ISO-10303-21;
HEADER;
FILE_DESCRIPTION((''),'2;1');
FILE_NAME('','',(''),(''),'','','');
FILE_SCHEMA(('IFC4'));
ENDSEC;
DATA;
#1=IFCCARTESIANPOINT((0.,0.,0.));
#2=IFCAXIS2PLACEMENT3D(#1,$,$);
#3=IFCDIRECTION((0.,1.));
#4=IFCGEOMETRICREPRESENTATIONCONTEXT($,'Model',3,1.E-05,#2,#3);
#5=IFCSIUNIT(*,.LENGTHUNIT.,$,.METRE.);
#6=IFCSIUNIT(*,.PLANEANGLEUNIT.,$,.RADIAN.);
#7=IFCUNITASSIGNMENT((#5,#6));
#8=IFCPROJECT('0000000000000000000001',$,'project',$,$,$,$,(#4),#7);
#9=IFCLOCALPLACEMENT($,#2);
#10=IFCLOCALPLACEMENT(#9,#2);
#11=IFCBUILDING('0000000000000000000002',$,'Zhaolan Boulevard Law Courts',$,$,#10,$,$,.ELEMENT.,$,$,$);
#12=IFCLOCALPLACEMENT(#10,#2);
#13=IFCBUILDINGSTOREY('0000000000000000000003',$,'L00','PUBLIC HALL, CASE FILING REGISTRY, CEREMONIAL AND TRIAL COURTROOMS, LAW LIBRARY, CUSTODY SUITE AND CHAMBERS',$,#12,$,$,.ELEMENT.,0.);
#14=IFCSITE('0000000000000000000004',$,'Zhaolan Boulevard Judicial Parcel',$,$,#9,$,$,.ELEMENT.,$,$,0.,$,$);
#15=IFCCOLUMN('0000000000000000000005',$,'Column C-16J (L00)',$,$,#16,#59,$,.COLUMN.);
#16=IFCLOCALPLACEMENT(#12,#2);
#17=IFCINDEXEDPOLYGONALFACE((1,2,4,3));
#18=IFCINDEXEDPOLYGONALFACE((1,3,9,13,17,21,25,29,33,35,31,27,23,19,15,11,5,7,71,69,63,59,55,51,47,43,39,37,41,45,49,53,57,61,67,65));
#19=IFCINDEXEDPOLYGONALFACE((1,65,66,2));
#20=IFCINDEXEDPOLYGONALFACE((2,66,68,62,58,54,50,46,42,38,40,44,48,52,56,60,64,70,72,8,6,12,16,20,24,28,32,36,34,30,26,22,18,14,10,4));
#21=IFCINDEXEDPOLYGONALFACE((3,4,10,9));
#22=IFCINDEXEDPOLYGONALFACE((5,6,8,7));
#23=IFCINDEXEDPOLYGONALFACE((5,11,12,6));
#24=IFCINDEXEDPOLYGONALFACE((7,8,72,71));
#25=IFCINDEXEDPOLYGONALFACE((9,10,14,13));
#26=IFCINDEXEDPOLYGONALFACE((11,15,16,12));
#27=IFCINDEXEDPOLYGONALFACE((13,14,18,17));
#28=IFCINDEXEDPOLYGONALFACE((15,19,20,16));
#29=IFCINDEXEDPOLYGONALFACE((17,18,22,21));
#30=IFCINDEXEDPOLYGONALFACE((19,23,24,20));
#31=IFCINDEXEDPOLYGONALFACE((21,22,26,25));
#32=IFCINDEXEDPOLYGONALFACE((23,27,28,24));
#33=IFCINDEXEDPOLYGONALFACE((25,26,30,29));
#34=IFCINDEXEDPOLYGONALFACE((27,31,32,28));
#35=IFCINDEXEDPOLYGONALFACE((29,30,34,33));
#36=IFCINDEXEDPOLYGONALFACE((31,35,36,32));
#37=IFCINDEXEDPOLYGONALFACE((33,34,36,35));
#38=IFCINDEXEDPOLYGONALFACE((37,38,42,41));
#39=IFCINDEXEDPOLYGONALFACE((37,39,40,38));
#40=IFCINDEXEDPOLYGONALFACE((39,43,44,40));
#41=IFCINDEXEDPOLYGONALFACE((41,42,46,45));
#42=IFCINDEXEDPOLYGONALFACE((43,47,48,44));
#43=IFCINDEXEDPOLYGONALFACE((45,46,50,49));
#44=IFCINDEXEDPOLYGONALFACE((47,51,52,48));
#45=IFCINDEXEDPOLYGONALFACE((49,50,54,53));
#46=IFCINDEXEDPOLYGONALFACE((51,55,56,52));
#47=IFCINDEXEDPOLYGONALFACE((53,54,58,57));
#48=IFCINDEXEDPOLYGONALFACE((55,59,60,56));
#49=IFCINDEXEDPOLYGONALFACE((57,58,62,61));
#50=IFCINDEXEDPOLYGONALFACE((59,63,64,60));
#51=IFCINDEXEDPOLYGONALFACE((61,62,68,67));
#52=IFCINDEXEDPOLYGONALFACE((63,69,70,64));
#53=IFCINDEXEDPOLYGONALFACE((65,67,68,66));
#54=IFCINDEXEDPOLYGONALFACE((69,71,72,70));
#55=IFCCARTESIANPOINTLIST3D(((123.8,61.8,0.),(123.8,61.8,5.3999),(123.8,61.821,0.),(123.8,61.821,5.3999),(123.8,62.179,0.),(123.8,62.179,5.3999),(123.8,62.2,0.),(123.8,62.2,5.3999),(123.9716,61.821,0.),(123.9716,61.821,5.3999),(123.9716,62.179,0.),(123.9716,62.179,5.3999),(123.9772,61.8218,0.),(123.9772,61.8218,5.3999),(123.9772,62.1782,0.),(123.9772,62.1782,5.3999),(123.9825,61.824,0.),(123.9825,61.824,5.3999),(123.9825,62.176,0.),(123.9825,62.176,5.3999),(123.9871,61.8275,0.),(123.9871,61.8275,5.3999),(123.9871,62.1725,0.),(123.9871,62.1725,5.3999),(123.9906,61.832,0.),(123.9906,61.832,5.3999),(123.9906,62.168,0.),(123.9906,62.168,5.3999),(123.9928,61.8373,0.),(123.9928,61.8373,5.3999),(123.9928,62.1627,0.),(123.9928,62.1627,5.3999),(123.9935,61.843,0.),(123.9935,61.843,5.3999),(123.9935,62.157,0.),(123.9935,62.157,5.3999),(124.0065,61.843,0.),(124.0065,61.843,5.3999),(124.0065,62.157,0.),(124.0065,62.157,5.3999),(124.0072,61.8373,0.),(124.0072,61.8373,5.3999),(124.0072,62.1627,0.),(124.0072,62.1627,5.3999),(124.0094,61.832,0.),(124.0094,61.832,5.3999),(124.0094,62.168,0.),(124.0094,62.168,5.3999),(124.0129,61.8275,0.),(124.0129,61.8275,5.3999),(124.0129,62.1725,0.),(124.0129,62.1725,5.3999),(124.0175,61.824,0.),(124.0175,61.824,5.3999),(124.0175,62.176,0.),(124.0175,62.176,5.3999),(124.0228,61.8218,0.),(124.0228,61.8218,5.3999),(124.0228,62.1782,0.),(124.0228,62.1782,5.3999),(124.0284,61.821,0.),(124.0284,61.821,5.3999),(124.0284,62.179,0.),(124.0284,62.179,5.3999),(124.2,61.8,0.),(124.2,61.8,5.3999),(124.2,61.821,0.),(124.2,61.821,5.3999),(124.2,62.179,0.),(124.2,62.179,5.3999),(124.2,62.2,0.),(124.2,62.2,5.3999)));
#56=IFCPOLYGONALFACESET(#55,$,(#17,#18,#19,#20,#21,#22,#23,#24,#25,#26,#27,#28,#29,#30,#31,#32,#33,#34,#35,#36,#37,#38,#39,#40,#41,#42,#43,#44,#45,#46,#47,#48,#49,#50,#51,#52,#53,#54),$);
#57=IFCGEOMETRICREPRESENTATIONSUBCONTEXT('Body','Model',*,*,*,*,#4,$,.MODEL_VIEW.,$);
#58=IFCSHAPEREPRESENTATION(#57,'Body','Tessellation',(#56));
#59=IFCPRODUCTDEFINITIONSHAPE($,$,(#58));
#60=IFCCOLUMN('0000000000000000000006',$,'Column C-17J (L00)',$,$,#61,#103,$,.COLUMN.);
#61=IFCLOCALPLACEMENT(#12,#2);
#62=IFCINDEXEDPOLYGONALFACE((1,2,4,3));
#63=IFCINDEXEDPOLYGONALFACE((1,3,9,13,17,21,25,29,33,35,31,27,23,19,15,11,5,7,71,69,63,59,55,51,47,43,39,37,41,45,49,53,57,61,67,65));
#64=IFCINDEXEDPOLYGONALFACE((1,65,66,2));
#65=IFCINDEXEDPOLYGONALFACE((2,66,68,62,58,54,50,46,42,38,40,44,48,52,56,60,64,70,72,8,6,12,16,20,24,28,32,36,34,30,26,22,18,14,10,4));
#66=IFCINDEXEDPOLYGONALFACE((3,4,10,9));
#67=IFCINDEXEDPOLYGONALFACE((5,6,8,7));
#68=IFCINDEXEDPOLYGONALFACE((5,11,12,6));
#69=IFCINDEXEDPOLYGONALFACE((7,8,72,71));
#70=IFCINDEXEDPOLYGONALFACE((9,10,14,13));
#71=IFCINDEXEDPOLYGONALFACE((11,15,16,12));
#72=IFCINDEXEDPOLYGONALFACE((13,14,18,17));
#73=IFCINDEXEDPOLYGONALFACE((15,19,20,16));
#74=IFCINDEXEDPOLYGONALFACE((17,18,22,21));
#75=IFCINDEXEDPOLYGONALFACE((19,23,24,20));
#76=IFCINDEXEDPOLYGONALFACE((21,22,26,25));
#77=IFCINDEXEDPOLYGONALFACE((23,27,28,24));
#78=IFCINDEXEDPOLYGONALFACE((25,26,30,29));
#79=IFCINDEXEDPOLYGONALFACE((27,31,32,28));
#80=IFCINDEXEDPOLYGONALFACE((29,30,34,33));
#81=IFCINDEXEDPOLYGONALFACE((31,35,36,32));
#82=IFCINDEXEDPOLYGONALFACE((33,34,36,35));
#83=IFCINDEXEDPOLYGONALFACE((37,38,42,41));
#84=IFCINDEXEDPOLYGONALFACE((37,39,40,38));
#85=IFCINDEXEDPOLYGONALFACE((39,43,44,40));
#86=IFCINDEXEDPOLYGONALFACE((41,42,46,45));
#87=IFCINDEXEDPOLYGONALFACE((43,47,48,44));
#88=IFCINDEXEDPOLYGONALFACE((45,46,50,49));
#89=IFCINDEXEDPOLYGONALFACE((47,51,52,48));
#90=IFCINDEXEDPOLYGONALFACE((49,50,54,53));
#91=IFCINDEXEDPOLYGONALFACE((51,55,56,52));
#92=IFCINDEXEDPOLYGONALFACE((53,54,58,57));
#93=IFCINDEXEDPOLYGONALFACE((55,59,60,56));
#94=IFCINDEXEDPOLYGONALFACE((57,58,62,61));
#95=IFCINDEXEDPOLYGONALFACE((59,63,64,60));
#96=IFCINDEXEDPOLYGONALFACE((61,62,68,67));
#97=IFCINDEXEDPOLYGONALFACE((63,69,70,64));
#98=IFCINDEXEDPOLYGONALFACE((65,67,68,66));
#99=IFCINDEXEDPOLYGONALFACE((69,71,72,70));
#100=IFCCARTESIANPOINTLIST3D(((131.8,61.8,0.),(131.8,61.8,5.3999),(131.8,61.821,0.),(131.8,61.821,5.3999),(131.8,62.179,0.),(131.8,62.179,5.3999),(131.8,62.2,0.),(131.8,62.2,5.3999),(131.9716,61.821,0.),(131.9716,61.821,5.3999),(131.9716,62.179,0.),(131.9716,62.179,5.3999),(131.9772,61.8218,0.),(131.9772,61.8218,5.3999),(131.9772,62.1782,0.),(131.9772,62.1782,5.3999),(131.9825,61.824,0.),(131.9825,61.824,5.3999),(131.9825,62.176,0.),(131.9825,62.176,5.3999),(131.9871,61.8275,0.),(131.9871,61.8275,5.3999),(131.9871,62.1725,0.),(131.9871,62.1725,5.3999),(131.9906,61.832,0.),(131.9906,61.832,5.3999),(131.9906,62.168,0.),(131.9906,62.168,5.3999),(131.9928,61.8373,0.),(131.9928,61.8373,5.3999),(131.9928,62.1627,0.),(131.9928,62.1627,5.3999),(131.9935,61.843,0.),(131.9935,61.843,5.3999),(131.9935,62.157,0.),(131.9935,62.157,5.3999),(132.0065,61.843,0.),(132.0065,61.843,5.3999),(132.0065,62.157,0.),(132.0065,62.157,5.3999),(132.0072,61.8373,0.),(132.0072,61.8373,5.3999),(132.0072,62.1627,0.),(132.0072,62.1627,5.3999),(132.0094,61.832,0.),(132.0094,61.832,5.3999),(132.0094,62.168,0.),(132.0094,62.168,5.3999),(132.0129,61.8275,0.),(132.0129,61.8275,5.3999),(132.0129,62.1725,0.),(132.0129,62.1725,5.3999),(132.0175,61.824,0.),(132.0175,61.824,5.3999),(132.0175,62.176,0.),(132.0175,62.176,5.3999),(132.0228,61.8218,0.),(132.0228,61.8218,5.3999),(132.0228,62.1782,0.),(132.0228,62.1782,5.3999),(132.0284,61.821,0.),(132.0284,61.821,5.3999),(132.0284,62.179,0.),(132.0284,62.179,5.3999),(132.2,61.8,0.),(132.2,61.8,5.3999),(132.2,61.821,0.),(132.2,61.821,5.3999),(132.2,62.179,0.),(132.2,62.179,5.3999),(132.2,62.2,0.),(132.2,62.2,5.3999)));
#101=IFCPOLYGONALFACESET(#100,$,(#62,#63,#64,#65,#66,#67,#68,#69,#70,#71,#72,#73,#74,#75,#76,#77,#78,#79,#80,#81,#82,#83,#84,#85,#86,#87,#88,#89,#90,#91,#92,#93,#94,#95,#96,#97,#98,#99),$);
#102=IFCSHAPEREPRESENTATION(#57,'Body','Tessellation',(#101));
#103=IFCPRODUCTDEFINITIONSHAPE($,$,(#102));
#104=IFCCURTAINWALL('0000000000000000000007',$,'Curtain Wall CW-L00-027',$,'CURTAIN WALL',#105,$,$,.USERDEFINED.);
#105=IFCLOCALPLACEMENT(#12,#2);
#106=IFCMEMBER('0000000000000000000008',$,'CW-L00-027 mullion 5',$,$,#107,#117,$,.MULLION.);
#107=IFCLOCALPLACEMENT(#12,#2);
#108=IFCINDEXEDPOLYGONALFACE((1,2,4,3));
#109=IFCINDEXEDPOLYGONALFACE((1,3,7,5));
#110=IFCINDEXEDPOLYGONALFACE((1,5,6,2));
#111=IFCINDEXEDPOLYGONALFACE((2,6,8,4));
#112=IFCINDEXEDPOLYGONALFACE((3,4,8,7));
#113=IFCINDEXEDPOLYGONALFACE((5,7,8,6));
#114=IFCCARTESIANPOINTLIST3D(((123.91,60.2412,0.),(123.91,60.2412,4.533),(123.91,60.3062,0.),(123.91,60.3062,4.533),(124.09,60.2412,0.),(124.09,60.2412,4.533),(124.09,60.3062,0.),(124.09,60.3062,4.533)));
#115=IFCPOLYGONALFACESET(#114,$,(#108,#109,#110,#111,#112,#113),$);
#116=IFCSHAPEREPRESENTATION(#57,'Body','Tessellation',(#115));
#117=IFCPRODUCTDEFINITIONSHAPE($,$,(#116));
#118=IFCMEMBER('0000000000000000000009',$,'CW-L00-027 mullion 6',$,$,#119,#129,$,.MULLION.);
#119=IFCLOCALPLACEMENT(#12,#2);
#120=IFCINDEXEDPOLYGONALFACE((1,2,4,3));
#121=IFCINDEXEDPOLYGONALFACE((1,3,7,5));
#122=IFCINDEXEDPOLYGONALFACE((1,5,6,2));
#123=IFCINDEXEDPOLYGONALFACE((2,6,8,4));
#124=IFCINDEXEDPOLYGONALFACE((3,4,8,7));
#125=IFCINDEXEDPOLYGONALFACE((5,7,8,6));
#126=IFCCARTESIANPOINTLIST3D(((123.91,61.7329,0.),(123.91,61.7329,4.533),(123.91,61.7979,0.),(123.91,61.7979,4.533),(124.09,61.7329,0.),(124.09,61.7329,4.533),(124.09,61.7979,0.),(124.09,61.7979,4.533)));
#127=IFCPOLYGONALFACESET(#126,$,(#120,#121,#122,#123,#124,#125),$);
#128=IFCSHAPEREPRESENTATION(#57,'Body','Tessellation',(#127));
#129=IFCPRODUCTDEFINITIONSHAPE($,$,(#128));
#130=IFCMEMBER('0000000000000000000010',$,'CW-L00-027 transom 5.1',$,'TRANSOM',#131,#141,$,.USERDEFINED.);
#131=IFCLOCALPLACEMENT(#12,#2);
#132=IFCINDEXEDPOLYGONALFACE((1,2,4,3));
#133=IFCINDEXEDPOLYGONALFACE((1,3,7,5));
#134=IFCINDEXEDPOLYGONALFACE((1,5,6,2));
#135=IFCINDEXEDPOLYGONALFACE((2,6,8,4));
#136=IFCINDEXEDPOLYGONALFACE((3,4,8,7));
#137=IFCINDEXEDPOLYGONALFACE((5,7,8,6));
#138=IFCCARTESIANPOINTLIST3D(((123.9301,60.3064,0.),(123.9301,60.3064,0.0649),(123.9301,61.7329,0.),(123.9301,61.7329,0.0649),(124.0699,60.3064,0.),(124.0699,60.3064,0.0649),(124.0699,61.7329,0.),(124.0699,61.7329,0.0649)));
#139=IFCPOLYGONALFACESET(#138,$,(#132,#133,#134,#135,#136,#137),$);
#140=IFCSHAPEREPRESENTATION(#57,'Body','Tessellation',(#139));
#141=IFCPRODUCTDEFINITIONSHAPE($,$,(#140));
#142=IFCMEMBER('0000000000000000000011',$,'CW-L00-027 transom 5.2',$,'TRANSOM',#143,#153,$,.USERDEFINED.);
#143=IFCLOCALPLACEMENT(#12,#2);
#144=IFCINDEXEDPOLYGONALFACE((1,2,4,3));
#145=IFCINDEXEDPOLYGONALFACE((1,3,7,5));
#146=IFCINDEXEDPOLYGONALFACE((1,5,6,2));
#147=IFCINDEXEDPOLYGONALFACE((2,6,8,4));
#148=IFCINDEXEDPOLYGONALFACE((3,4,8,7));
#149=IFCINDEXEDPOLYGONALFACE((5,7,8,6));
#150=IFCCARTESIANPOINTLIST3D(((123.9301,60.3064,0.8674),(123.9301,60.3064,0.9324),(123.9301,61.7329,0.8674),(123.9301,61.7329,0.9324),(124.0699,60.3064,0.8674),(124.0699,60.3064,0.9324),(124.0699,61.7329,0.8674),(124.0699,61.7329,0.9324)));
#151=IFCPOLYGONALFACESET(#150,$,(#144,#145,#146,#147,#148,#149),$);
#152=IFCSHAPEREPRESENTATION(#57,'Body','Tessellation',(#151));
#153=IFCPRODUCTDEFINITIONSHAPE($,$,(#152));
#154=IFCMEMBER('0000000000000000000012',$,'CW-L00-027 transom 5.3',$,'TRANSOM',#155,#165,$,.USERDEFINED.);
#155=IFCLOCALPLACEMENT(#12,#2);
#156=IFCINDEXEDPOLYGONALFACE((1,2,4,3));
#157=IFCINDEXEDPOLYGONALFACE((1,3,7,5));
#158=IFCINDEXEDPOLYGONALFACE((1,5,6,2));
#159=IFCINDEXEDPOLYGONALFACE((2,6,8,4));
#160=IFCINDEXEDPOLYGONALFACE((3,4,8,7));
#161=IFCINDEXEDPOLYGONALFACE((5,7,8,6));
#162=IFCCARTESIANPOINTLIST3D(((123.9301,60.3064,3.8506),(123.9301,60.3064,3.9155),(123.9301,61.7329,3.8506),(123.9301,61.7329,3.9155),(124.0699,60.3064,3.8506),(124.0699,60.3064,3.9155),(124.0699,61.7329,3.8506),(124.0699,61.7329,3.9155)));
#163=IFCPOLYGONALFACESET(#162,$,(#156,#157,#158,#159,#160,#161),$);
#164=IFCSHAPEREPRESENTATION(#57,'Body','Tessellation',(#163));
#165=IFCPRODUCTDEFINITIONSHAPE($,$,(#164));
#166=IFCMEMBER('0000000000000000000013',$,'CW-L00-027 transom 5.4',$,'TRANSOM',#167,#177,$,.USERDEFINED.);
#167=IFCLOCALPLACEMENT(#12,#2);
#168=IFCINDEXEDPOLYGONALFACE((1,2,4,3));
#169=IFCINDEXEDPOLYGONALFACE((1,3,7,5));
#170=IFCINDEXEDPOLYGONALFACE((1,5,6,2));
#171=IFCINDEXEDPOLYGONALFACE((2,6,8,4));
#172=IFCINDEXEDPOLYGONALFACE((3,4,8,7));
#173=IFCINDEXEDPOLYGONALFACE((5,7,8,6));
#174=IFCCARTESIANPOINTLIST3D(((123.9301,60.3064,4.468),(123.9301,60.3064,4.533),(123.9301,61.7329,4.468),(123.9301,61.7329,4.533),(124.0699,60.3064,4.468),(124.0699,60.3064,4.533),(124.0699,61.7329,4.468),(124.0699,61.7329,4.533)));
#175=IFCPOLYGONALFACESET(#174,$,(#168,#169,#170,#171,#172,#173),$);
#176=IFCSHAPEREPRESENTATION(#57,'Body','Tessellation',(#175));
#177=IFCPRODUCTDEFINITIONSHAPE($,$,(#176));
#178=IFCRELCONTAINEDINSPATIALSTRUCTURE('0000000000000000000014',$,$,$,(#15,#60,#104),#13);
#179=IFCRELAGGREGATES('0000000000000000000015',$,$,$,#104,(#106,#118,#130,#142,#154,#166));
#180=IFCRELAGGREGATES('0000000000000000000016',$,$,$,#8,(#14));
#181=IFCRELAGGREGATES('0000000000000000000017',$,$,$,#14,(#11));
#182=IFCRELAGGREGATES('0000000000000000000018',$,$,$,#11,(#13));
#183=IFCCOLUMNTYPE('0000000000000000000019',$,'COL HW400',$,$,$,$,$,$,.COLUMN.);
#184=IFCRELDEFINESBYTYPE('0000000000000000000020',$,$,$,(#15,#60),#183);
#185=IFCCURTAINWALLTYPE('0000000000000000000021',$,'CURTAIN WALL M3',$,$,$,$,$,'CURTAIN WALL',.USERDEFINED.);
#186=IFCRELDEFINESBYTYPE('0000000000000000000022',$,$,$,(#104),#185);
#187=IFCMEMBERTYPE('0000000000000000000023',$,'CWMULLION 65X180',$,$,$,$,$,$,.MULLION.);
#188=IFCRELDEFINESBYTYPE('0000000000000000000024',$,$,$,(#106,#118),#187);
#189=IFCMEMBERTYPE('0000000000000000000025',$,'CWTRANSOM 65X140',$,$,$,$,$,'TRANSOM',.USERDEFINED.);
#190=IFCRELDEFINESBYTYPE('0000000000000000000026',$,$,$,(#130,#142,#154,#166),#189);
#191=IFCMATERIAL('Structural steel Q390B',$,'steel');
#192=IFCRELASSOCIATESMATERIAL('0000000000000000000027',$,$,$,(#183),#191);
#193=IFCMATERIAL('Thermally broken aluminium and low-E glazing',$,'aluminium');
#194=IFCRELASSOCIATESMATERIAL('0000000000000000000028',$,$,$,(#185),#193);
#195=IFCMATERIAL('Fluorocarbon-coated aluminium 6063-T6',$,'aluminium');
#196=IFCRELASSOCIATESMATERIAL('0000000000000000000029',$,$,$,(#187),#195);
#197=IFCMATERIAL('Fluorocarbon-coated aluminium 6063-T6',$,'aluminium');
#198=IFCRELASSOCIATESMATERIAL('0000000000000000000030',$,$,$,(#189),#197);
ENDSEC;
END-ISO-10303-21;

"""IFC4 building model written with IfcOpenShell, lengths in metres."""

from ifc_helpers import new_model, si_unit, direction, frame, origin, origin_2d, place, context, subcontext, project, spatial, rectangle, i_section, extrude, material, material_profile, profile_set, type_object, element, aggregate, save


model = new_model("IFC4")

# Units and contexts
model_context = context("Model", 3, precision=1e-05, world=origin(), true_north=direction((0.0, 1.0)))
body_context = subcontext(model_context, "Body", "Model", "MODEL_VIEW")
ifc_project = project(units=[si_unit("LENGTHUNIT", "METRE"), si_unit("PLANEANGLEUNIT", "RADIAN")], contexts=[model_context])

# Site, building, storey
site_placement = place(None, origin())
site = spatial("IfcSite", under=ifc_project, at=site_placement, Name="Zhaolan Boulevard Judicial Parcel", CompositionType="ELEMENT", RefElevation=0.0)
building_placement = place(site_placement, origin())
building = spatial("IfcBuilding", under=site, at=building_placement, Name="Zhaolan Boulevard Law Courts", CompositionType="ELEMENT")
storey_placement = place(building_placement, origin())
storey = spatial("IfcBuildingStorey", under=building, at=storey_placement, Name="L00", Description="PUBLIC HALL, CASE FILING REGISTRY, CEREMONIAL AND TRIAL COURTROOMS, LAW LIBRARY, CUSTODY SUITE AND CHAMBERS", CompositionType="ELEMENT", Elevation=0.0)

# Columns
ifc_material_1 = material(Name="Structural steel Q390B", Category="steel")
ifc_material_profile_1 = material_profile(ifc_material_1, i_section(OverallWidth=0.3999, OverallDepth=0.3999, WebThickness=0.0129, FlangeThickness=0.021, FilletRadius=0.022, at=origin_2d()), Name="HW400x400")
ifc_profile_set_1 = profile_set([ifc_material_profile_1], Name="Structural steel Q390B")
column_type = type_object("IfcColumnType", Name="COL HW400", PredefinedType="COLUMN", material=ifc_profile_set_1)
for number, where, z_axis, x_axis, name in (
    (1, (124.0, 62.0, 0.0), (0.0, 0.0, 1.0), (1.0, 0.0, 0.0), "Column C-16J (L00)"),
    (2, (132.0, 62.0, 0.0), (0.0, 0.0, 1.0), (1.0, 0.0, 0.0), "Column C-17J (L00)"),
):
    element("IfcColumn", number, at=place(storey_placement, frame(where, z_axis=z_axis, x_axis=x_axis)), inside=storey, type_object=column_type, Name=name, PredefinedType="COLUMN", context=body_context, shape_type="SweptSolid", body=[
        extrude(i_section(OverallWidth=0.3999, OverallDepth=0.3999, WebThickness=0.0129, FlangeThickness=0.021, FilletRadius=0.022, at=origin_2d()), origin(), (0.0, 0.0, 1.0), 5.3999),
    ])

# Curtain wall, members
ifc_material_2 = material(Name="Thermally broken aluminium and low-E glazing", Category="aluminium")
curtain_wall_type = type_object("IfcCurtainWallType", Name="CURTAIN WALL M3", ElementType="CURTAIN WALL", PredefinedType="USERDEFINED", material=ifc_material_2)
curtain_wall_placement = place(storey_placement, origin())
curtain_wall = element("IfcCurtainWall", 3, at=curtain_wall_placement, inside=storey, type_object=curtain_wall_type, Name="Curtain Wall CW-L00-027", ObjectType="CURTAIN WALL", PredefinedType="USERDEFINED")
ifc_material_3 = material(Name="Fluorocarbon-coated aluminium 6063-T6", Category="aluminium")
ifc_material_profile_2 = material_profile(ifc_material_3, rectangle(XDim=0.1799, YDim=0.0649, at=origin_2d()), Name="AL65x180")
ifc_profile_set_2 = profile_set([ifc_material_profile_2], Name="Fluorocarbon-coated aluminium 6063-T6")
member_type_1 = type_object("IfcMemberType", Name="CWMULLION 65X180", PredefinedType="MULLION", material=ifc_profile_set_2)
member_1_placement = place(storey_placement, frame((124.0, 60.2737, 0.0), z_axis=(0.0, 0.0, 1.0), x_axis=(-1.0, 0.0, 0.0)))
member_1 = element("IfcMember", 4, at=member_1_placement, type_object=member_type_1, Name="CW-L00-027 mullion 5", PredefinedType="MULLION", context=body_context, shape_type="SweptSolid", body=[
    extrude(rectangle(XDim=0.1799, YDim=0.0649, at=origin_2d()), origin(), (0.0, 0.0, 1.0), 4.533),
])
member_2_placement = place(storey_placement, frame((124.0, 61.7654, 0.0), z_axis=(0.0, 0.0, 1.0), x_axis=(-1.0, 0.0, 0.0)))
member_2 = element("IfcMember", 5, at=member_2_placement, type_object=member_type_1, Name="CW-L00-027 mullion 6", PredefinedType="MULLION", context=body_context, shape_type="SweptSolid", body=[
    extrude(rectangle(XDim=0.1799, YDim=0.0649, at=origin_2d()), origin(), (0.0, 0.0, 1.0), 4.533),
])
ifc_material_4 = material(Name="Fluorocarbon-coated aluminium 6063-T6", Category="aluminium")
ifc_material_profile_3 = material_profile(ifc_material_4, rectangle(XDim=0.1399, YDim=0.0649, at=origin_2d()), Name="AL65x140")
ifc_profile_set_3 = profile_set([ifc_material_profile_3], Name="Fluorocarbon-coated aluminium 6063-T6")
member_type_2 = type_object("IfcMemberType", Name="CWTRANSOM 65X140", ElementType="TRANSOM", PredefinedType="USERDEFINED", material=ifc_profile_set_3)
member_3_placement = place(storey_placement, frame((124.0, 60.3064, 0.0325), z_axis=(0.0, 1.0, 0.0), x_axis=(-1.0, 0.0, 0.0)))
member_3 = element("IfcMember", 6, at=member_3_placement, type_object=member_type_2, Name="CW-L00-027 transom 5.1", ObjectType="TRANSOM", PredefinedType="USERDEFINED", context=body_context, shape_type="SweptSolid", body=[
    extrude(rectangle(XDim=0.1399, YDim=0.0649, at=origin_2d()), origin(), (0.0, 0.0, 1.0), 1.4265),
])
member_4_placement = place(storey_placement, frame((124.0, 60.3064, 0.8999), z_axis=(0.0, 1.0, 0.0), x_axis=(-1.0, 0.0, 0.0)))
member_4 = element("IfcMember", 7, at=member_4_placement, type_object=member_type_2, Name="CW-L00-027 transom 5.2", ObjectType="TRANSOM", PredefinedType="USERDEFINED", context=body_context, shape_type="SweptSolid", body=[
    extrude(rectangle(XDim=0.1399, YDim=0.0649, at=origin_2d()), origin(), (0.0, 0.0, 1.0), 1.4265),
])
member_5_placement = place(storey_placement, frame((124.0, 60.3064, 3.8831), z_axis=(0.0, 1.0, 0.0), x_axis=(-1.0, 0.0, 0.0)))
member_5 = element("IfcMember", 8, at=member_5_placement, type_object=member_type_2, Name="CW-L00-027 transom 5.3", ObjectType="TRANSOM", PredefinedType="USERDEFINED", context=body_context, shape_type="SweptSolid", body=[
    extrude(rectangle(XDim=0.1399, YDim=0.0649, at=origin_2d()), origin(), (0.0, 0.0, 1.0), 1.4265),
])
member_6_placement = place(storey_placement, frame((124.0, 60.3064, 4.5005), z_axis=(0.0, 1.0, 0.0), x_axis=(-1.0, 0.0, 0.0)))
member_6 = element("IfcMember", 9, at=member_6_placement, type_object=member_type_2, Name="CW-L00-027 transom 5.4", ObjectType="TRANSOM", PredefinedType="USERDEFINED", context=body_context, shape_type="SweptSolid", body=[
    extrude(rectangle(XDim=0.1399, YDim=0.0649, at=origin_2d()), origin(), (0.0, 0.0, 1.0), 1.4265),
])

aggregate(curtain_wall, [member_1, member_2, member_3, member_4, member_5, member_6])

save(model, "model.ifc")
